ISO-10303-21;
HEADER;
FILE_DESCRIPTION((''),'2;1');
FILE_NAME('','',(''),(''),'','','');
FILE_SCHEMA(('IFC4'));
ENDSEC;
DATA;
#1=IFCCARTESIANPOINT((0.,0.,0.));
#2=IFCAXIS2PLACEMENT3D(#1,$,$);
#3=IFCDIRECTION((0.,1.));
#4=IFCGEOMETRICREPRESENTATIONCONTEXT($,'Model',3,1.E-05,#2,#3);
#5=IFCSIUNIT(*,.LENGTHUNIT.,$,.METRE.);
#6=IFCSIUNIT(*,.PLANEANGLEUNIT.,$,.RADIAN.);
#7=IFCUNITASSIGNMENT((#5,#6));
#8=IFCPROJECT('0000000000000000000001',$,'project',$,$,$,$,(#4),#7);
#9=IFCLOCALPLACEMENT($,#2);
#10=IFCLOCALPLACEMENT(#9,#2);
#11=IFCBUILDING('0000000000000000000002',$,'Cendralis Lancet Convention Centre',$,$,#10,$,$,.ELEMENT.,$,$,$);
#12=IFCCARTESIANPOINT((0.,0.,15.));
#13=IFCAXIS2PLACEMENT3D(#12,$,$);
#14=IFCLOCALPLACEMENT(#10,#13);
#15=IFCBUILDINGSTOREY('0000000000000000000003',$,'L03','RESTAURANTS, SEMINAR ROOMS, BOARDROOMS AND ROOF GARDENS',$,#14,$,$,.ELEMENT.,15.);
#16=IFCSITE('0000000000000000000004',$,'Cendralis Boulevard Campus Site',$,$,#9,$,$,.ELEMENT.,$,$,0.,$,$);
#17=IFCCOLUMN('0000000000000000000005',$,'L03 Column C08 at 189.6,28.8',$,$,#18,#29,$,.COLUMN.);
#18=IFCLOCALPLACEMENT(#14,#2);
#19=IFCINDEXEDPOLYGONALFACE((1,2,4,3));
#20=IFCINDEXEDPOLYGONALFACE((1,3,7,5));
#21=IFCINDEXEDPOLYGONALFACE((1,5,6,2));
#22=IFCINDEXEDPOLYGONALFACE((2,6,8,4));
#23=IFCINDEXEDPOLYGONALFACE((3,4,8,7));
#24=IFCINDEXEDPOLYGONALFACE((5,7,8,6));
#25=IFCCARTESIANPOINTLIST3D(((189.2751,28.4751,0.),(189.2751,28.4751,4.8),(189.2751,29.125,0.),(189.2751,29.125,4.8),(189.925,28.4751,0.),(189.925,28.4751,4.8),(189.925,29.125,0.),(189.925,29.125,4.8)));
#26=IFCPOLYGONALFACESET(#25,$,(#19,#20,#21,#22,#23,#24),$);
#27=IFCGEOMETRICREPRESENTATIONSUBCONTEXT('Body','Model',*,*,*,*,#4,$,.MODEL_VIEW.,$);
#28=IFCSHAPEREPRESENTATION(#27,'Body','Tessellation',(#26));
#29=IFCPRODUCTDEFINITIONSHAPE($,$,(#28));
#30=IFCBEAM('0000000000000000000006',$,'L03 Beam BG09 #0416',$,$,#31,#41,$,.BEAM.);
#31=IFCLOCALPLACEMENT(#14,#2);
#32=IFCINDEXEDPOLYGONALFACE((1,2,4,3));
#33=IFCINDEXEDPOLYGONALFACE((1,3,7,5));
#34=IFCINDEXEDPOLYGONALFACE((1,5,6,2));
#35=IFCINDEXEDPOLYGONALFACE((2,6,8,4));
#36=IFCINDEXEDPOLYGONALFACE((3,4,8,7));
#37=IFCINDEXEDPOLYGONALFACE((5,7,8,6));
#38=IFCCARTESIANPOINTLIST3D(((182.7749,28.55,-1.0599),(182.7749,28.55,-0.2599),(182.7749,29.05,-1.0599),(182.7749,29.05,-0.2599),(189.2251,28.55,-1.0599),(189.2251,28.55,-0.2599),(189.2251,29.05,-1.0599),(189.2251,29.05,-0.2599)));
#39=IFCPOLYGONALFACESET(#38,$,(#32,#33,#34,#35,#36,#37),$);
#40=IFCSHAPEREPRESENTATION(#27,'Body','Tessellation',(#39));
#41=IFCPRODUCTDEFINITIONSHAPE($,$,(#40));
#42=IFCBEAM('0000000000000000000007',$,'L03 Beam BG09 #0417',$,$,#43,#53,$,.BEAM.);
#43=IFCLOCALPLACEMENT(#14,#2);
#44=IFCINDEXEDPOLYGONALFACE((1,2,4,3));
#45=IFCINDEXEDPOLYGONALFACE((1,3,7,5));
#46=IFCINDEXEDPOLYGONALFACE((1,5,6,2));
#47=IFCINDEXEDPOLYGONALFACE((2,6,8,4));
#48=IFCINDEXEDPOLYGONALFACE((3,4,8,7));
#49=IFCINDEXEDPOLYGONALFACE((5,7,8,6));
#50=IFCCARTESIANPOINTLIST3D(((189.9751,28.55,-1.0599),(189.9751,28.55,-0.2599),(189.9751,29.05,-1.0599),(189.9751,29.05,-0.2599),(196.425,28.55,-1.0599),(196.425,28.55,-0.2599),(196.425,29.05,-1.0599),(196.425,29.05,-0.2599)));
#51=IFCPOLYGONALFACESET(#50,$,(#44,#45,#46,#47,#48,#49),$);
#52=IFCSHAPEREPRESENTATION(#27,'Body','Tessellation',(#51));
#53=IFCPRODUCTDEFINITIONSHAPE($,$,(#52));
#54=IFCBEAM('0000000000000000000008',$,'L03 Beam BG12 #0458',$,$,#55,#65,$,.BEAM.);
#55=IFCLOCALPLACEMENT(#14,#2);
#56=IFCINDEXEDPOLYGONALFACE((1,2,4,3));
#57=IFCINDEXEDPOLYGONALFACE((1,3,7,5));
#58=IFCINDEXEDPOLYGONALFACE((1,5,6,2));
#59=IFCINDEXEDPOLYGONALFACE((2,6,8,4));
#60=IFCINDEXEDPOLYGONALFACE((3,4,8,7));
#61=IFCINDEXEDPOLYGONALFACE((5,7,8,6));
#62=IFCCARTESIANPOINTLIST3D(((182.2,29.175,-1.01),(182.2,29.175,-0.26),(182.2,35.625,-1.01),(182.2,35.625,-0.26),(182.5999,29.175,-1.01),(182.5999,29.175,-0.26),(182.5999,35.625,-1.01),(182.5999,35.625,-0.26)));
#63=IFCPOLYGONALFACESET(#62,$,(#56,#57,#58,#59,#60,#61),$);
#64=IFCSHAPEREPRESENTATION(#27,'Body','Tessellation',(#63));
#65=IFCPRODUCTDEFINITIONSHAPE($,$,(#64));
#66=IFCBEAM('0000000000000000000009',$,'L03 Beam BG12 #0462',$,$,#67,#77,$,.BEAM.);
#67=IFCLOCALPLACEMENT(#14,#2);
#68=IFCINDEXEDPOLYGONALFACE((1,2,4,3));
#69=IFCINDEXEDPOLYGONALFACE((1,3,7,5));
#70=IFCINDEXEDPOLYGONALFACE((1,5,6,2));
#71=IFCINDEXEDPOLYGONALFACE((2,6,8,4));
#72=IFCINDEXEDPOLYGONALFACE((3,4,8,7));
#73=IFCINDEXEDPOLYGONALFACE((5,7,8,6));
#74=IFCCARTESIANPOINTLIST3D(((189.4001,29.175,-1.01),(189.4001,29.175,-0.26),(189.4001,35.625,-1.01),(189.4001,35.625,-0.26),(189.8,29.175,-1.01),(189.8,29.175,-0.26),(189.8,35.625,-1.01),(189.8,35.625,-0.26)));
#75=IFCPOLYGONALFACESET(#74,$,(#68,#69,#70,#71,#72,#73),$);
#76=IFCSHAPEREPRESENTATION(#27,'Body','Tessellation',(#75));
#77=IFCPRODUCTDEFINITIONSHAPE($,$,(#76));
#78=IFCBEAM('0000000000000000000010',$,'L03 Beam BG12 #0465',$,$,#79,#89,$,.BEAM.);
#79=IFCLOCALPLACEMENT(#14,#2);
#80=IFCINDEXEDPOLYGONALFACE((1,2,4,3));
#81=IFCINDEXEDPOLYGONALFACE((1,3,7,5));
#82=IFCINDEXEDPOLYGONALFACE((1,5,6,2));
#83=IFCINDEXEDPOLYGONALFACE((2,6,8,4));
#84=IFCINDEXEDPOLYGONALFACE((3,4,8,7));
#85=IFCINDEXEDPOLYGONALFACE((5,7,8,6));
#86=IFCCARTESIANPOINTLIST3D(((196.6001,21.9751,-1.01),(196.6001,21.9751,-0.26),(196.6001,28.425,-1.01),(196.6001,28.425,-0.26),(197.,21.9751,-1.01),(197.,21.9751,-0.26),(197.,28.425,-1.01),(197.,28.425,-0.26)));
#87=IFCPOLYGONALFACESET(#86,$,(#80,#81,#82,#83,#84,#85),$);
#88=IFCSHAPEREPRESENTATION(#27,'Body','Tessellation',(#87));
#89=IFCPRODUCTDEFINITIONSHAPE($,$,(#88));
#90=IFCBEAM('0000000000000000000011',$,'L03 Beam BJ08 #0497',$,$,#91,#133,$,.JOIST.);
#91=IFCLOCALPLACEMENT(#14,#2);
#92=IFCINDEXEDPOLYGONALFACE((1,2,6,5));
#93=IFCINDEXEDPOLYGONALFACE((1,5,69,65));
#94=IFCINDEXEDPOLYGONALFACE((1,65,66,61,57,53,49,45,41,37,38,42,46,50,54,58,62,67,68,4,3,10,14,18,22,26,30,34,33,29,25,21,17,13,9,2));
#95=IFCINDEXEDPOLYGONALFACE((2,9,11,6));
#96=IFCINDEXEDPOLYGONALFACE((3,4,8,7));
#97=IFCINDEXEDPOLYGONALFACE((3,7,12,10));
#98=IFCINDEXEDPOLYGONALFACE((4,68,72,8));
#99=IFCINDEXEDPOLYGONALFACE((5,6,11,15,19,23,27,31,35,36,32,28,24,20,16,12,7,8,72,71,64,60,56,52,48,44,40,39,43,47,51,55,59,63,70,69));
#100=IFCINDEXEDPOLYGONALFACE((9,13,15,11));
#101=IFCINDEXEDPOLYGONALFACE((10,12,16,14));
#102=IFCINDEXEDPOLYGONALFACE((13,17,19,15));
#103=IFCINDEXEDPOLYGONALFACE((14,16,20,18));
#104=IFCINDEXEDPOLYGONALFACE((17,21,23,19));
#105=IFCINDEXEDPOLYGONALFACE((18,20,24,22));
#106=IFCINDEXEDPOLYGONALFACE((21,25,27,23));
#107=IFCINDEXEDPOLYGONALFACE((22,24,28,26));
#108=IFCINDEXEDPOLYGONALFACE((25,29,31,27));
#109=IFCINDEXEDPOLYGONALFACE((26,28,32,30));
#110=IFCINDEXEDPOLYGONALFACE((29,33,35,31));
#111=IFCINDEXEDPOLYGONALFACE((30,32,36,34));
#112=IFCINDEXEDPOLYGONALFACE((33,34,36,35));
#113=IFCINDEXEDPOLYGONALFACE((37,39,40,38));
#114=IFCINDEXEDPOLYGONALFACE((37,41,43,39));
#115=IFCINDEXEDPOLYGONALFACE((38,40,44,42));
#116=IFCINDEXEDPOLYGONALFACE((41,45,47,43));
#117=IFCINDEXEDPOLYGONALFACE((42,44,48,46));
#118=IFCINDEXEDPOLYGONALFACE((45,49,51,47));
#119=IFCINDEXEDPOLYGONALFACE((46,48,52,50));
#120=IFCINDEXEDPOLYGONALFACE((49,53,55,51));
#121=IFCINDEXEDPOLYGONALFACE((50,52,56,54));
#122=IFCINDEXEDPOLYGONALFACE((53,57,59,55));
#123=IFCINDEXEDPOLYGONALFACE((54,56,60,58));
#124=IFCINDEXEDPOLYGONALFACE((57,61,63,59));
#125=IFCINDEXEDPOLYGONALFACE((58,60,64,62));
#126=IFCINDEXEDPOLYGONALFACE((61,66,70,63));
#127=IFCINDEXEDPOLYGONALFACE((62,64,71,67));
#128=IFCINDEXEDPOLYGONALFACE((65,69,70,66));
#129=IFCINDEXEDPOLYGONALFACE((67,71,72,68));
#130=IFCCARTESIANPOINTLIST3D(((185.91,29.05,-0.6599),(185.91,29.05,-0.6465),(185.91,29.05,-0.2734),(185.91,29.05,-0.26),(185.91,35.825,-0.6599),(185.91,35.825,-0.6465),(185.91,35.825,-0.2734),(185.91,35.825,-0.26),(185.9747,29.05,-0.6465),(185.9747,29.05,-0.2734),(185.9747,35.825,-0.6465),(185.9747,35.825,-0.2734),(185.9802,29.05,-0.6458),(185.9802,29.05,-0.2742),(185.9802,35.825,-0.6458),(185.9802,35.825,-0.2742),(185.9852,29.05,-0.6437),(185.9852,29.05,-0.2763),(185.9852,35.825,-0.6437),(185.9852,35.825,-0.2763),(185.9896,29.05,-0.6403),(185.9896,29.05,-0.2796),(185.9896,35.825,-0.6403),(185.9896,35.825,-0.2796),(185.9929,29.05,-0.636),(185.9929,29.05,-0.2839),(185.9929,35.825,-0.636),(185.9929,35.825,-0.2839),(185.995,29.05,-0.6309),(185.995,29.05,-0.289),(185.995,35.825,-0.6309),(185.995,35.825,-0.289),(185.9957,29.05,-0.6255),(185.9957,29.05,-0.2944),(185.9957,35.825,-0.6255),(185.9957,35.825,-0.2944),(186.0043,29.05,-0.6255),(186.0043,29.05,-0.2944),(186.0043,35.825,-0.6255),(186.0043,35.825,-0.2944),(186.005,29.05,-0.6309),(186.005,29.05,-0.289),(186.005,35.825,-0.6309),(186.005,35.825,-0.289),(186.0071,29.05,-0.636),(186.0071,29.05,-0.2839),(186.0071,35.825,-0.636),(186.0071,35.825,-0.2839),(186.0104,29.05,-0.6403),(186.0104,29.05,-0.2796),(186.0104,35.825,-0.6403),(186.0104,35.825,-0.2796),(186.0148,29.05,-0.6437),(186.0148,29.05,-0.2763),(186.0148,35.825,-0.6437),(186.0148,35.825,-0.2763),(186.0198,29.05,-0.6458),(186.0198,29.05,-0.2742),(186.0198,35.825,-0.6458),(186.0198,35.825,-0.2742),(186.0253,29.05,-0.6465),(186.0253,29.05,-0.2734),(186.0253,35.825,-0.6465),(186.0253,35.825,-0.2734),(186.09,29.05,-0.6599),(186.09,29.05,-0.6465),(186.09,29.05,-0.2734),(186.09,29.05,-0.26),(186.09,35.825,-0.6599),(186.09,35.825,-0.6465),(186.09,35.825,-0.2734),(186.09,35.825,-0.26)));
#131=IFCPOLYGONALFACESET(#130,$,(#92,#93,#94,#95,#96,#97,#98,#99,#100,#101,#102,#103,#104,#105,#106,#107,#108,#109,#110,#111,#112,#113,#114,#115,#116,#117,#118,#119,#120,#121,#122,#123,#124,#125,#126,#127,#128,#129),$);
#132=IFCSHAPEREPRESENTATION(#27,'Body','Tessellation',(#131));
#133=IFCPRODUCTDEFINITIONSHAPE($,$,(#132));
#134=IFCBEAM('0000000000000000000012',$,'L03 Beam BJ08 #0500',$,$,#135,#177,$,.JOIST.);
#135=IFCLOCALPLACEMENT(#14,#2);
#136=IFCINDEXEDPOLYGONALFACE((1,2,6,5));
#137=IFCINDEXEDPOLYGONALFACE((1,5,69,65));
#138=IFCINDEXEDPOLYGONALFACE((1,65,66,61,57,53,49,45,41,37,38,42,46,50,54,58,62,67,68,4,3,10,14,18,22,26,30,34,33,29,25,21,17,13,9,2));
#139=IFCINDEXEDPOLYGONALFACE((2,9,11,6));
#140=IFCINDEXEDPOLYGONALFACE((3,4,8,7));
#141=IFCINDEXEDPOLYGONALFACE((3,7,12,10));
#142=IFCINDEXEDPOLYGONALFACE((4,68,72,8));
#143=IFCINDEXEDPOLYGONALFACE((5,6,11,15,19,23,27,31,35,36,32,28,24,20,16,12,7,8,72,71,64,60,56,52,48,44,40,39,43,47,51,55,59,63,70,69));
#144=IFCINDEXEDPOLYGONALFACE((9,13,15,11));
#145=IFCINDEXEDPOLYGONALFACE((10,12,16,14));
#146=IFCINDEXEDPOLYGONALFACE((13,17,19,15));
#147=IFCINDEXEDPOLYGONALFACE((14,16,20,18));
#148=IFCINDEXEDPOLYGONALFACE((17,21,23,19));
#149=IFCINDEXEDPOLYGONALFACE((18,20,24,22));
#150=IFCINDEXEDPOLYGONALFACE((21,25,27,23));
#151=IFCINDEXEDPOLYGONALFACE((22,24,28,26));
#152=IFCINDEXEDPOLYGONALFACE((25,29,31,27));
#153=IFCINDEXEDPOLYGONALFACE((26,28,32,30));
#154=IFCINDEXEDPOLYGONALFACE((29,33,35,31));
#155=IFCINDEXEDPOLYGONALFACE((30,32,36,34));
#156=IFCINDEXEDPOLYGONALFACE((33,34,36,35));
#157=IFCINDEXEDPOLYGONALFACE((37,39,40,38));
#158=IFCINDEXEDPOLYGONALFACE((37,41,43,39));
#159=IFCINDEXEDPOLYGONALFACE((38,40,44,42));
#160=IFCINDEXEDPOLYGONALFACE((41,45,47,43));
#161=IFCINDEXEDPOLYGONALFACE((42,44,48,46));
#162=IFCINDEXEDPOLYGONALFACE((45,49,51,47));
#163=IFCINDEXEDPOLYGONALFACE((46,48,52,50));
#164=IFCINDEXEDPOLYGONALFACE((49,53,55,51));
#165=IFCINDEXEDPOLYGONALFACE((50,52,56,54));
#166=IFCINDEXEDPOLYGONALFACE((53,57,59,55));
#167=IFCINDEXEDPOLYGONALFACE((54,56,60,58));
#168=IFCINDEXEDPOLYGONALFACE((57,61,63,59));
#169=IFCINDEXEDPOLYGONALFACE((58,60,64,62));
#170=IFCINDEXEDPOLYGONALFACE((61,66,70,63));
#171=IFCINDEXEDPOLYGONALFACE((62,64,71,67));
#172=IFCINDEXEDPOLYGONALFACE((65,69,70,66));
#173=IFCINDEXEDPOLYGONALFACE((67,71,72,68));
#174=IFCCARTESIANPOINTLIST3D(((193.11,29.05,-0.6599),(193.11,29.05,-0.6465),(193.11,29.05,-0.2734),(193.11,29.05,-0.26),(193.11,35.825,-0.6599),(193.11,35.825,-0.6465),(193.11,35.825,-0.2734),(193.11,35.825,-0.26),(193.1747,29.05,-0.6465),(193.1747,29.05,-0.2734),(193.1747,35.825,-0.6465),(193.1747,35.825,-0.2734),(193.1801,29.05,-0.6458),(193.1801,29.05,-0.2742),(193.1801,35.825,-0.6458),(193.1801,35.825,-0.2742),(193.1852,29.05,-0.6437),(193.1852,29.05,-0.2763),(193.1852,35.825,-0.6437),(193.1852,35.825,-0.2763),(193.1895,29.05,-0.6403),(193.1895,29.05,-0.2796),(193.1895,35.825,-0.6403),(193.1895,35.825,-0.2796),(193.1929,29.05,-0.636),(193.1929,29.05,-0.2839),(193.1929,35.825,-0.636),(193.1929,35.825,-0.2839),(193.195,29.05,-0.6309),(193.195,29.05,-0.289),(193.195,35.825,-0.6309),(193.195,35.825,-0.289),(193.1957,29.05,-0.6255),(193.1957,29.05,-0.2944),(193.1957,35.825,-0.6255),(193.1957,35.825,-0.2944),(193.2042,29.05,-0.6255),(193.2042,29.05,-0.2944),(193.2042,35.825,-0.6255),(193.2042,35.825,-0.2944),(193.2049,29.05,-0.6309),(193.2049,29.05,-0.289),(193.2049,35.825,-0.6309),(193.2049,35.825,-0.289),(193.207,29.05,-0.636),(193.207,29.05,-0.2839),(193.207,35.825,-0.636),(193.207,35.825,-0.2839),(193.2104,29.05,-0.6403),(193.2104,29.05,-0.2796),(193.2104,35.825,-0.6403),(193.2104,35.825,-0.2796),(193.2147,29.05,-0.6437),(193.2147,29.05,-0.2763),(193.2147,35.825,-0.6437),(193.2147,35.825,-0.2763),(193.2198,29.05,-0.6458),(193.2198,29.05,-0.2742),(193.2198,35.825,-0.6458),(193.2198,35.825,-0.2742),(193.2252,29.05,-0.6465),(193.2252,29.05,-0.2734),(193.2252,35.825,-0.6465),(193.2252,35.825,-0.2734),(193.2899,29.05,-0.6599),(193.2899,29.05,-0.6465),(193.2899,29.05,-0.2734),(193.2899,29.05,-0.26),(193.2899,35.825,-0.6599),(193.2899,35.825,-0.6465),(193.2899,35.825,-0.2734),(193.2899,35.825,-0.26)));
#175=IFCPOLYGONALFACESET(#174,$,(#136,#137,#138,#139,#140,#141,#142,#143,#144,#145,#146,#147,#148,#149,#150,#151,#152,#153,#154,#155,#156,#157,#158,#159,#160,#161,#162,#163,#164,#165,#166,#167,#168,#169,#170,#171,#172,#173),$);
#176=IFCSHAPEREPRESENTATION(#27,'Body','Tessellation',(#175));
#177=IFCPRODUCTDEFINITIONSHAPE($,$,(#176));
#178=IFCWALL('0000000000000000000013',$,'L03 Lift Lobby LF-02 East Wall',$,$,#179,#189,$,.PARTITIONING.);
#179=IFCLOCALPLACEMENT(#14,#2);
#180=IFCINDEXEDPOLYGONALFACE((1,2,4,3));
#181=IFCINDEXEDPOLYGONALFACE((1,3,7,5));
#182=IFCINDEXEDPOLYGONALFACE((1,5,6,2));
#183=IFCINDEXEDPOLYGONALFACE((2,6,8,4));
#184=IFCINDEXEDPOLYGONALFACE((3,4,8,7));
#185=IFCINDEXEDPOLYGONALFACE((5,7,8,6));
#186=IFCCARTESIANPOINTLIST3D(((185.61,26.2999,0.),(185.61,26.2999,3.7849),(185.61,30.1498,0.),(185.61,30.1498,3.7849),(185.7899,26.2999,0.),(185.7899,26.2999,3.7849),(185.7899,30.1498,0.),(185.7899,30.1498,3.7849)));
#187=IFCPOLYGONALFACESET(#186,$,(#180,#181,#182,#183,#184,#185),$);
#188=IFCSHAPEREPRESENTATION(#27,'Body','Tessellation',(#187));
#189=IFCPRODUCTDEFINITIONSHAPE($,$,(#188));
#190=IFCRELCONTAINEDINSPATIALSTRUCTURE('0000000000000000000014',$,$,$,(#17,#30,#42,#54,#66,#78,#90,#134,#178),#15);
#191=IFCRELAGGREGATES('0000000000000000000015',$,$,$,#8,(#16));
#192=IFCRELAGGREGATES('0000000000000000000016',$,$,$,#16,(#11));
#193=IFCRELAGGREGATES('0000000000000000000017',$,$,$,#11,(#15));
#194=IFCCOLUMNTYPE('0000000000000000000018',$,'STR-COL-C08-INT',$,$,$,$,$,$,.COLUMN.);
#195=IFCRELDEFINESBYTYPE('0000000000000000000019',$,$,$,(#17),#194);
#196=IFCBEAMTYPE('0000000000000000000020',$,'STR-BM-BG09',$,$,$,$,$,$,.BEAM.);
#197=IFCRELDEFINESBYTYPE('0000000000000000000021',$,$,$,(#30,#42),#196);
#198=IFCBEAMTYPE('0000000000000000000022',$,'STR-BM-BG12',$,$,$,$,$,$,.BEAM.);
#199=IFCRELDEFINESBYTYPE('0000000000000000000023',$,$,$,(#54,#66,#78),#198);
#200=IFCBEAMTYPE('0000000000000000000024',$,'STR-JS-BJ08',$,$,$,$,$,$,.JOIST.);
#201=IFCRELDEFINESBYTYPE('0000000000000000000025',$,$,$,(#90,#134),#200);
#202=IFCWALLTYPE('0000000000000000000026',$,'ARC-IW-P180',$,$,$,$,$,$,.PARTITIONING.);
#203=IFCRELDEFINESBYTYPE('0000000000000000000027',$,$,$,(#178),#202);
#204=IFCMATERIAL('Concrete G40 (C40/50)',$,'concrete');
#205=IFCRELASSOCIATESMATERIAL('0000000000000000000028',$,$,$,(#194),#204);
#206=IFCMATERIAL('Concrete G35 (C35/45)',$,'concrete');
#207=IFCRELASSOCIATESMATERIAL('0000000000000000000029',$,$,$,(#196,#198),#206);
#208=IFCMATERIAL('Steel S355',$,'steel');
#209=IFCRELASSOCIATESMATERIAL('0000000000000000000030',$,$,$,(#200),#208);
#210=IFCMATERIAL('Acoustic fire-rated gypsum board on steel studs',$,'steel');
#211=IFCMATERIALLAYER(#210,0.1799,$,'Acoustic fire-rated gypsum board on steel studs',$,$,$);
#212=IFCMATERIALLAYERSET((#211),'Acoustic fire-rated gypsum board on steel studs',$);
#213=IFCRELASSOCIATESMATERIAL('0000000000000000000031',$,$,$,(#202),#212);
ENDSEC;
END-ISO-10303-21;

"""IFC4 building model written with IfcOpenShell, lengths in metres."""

from ifc_helpers import new_model, si_unit, direction, frame, frame_2d, origin, origin_2d, place, context, subcontext, project, spatial, rectangle, i_section, extrude, material, layer, layer_set, material_profile, profile_set, type_object, element, save


model = new_model("IFC4")

# Units and contexts
model_context = context("Model", 3, precision=1e-05, world=origin(), true_north=direction((0.0, 1.0)))
body_context = subcontext(model_context, "Body", "Model", "MODEL_VIEW")
ifc_project = project(units=[si_unit("LENGTHUNIT", "METRE"), si_unit("PLANEANGLEUNIT", "RADIAN")], contexts=[model_context])

# Site, building, storey
site_placement = place(None, origin())
site = spatial("IfcSite", under=ifc_project, at=site_placement, Name="Cendralis Boulevard Campus Site", CompositionType="ELEMENT", RefElevation=0.0)
building_placement = place(site_placement, origin())
building = spatial("IfcBuilding", under=site, at=building_placement, Name="Cendralis Lancet Convention Centre", CompositionType="ELEMENT")
storey_placement = place(building_placement, frame((0.0, 0.0, 15.0)))
storey = spatial("IfcBuildingStorey", under=building, at=storey_placement, Name="L03", Description="RESTAURANTS, SEMINAR ROOMS, BOARDROOMS AND ROOF GARDENS", CompositionType="ELEMENT", Elevation=15.0)

# Column
ifc_material_1 = material(Name="Concrete G40 (C40/50)", Category="concrete")
ifc_material_profile_1 = material_profile(ifc_material_1, rectangle(XDim=0.6499, YDim=0.6499, at=origin_2d()), Name="RC 650x650")
ifc_profile_set_1 = profile_set([ifc_material_profile_1], Name="Concrete G40 (C40/50)")
column_type = type_object("IfcColumnType", Name="STR-COL-C08-INT", PredefinedType="COLUMN", material=ifc_profile_set_1)
column_placement = place(storey_placement, frame((189.6001, 28.8, 0.0), z_axis=(0.0, 0.0, 1.0), x_axis=(1.0, 0.0, 0.0)))
element("IfcColumn", 1, at=column_placement, inside=storey, type_object=column_type, Name="L03 Column C08 at 189.6,28.8", PredefinedType="COLUMN", context=body_context, shape_type="SweptSolid", body=[
    extrude(rectangle(XDim=0.6499, YDim=0.6499, at=origin_2d()), origin(), (0.0, 0.0, 1.0), 4.8),
])

# Beams
ifc_material_2 = material(Name="Concrete G35 (C35/45)", Category="concrete")
ifc_material_profile_2 = material_profile(ifc_material_2, rectangle(XDim=0.5, YDim=0.8, at=origin_2d()), Name="RCB 500x800")
ifc_profile_set_2 = profile_set([ifc_material_profile_2], Name="Concrete G35 (C35/45)")
beam_type_1 = type_object("IfcBeamType", Name="STR-BM-BG09", PredefinedType="BEAM", material=ifc_profile_set_2)
beam_1_placement = place(storey_placement, frame((182.7749, 28.8, -0.6599), z_axis=(1.0, 0.0, 0.0), x_axis=(0.0, 1.0, 0.0)))
element("IfcBeam", 2, at=beam_1_placement, inside=storey, type_object=beam_type_1, Name="L03 Beam BG09 #0416", PredefinedType="BEAM", context=body_context, shape_type="SweptSolid", body=[
    extrude(rectangle(XDim=0.5, YDim=0.8, at=origin_2d()), origin(), (0.0, 0.0, 1.0), 6.4502),
])
beam_2_placement = place(storey_placement, frame((189.9751, 28.8, -0.6599), z_axis=(1.0, 0.0, 0.0), x_axis=(0.0, 1.0, 0.0)))
element("IfcBeam", 3, at=beam_2_placement, inside=storey, type_object=beam_type_1, Name="L03 Beam BG09 #0417", PredefinedType="BEAM", context=body_context, shape_type="SweptSolid", body=[
    extrude(rectangle(XDim=0.5, YDim=0.8, at=origin_2d()), origin(), (0.0, 0.0, 1.0), 6.45),
])
ifc_material_profile_3 = material_profile(ifc_material_2, rectangle(XDim=0.3999, YDim=0.75, at=origin_2d()), Name="RCB 400x750")
ifc_profile_set_3 = profile_set([ifc_material_profile_3], Name="Concrete G35 (C35/45)")
beam_type_2 = type_object("IfcBeamType", Name="STR-BM-BG12", PredefinedType="BEAM", material=ifc_profile_set_3)
for number, where, z_axis, x_axis, name in (
    (4, (182.3999, 29.175, -0.635), (0.0, 1.0, 0.0), (-1.0, 0.0, 0.0), "L03 Beam BG12 #0458"),
    (5, (189.6001, 29.175, -0.635), (0.0, 1.0, 0.0), (-1.0, 0.0, 0.0), "L03 Beam BG12 #0462"),
    (6, (196.8, 21.9751, -0.635), (0.0, 1.0, 0.0), (-1.0, 0.0, 0.0), "L03 Beam BG12 #0465"),
):
    element("IfcBeam", number, at=place(storey_placement, frame(where, z_axis=z_axis, x_axis=x_axis)), inside=storey, type_object=beam_type_2, Name=name, PredefinedType="BEAM", context=body_context, shape_type="SweptSolid", body=[
        extrude(rectangle(XDim=0.3999, YDim=0.75, at=origin_2d()), origin(), (0.0, 0.0, 1.0), 6.45),
    ])
ifc_material_3 = material(Name="Steel S355", Category="steel")
ifc_material_profile_4 = material_profile(ifc_material_3, i_section(OverallWidth=0.1799, OverallDepth=0.3999, WebThickness=0.0085, FlangeThickness=0.0134, FilletRadius=0.021, at=origin_2d()), Name="IPE 400")
ifc_profile_set_4 = profile_set([ifc_material_profile_4], Name="Steel S355")
beam_type_3 = type_object("IfcBeamType", Name="STR-JS-BJ08", PredefinedType="JOIST", material=ifc_profile_set_4)
for number, where, z_axis, x_axis, name in (
    (7, (186.0, 29.05, -0.46), (0.0, 1.0, 0.0), (-1.0, 0.0, 0.0), "L03 Beam BJ08 #0497"),
    (8, (193.2, 29.05, -0.46), (0.0, 1.0, 0.0), (-1.0, 0.0, 0.0), "L03 Beam BJ08 #0500"),
):
    element("IfcBeam", number, at=place(storey_placement, frame(where, z_axis=z_axis, x_axis=x_axis)), inside=storey, type_object=beam_type_3, Name=name, PredefinedType="JOIST", context=body_context, shape_type="SweptSolid", body=[
        extrude(i_section(OverallWidth=0.1799, OverallDepth=0.3999, WebThickness=0.0085, FlangeThickness=0.0134, FilletRadius=0.021, at=origin_2d()), origin(), (0.0, 0.0, 1.0), 6.7749),
    ])

# Shared definitions
ifc_material_4 = material(Name="Acoustic fire-rated gypsum board on steel studs", Category="steel")
ifc_layer_1 = layer(ifc_material_4, 0.1799, Name="Acoustic fire-rated gypsum board on steel studs")
ifc_layer_set_1 = layer_set([ifc_layer_1], Name="Acoustic fire-rated gypsum board on steel studs")
wall_type_1 = type_object("IfcWallType", Name="ARC-IW-P180", PredefinedType="PARTITIONING", material=ifc_layer_set_1)

# Wall
wall_1_placement = place(storey_placement, frame((185.7, 26.3, 0.0), z_axis=(0.0, 0.0, 1.0), x_axis=(0.0, 1.0, 0.0)))
element("IfcWall", 9, at=wall_1_placement, inside=storey, type_object=wall_type_1, Name="L03 Lift Lobby LF-02 East Wall", PredefinedType="PARTITIONING", context=body_context, shape_type="SweptSolid", body=[
    extrude(rectangle(XDim=3.8499, YDim=0.1799, at=frame_2d((1.9248, 0.0))), origin(), (0.0, 0.0, 1.0), 3.7849),
])

save(model, "model.ifc")
